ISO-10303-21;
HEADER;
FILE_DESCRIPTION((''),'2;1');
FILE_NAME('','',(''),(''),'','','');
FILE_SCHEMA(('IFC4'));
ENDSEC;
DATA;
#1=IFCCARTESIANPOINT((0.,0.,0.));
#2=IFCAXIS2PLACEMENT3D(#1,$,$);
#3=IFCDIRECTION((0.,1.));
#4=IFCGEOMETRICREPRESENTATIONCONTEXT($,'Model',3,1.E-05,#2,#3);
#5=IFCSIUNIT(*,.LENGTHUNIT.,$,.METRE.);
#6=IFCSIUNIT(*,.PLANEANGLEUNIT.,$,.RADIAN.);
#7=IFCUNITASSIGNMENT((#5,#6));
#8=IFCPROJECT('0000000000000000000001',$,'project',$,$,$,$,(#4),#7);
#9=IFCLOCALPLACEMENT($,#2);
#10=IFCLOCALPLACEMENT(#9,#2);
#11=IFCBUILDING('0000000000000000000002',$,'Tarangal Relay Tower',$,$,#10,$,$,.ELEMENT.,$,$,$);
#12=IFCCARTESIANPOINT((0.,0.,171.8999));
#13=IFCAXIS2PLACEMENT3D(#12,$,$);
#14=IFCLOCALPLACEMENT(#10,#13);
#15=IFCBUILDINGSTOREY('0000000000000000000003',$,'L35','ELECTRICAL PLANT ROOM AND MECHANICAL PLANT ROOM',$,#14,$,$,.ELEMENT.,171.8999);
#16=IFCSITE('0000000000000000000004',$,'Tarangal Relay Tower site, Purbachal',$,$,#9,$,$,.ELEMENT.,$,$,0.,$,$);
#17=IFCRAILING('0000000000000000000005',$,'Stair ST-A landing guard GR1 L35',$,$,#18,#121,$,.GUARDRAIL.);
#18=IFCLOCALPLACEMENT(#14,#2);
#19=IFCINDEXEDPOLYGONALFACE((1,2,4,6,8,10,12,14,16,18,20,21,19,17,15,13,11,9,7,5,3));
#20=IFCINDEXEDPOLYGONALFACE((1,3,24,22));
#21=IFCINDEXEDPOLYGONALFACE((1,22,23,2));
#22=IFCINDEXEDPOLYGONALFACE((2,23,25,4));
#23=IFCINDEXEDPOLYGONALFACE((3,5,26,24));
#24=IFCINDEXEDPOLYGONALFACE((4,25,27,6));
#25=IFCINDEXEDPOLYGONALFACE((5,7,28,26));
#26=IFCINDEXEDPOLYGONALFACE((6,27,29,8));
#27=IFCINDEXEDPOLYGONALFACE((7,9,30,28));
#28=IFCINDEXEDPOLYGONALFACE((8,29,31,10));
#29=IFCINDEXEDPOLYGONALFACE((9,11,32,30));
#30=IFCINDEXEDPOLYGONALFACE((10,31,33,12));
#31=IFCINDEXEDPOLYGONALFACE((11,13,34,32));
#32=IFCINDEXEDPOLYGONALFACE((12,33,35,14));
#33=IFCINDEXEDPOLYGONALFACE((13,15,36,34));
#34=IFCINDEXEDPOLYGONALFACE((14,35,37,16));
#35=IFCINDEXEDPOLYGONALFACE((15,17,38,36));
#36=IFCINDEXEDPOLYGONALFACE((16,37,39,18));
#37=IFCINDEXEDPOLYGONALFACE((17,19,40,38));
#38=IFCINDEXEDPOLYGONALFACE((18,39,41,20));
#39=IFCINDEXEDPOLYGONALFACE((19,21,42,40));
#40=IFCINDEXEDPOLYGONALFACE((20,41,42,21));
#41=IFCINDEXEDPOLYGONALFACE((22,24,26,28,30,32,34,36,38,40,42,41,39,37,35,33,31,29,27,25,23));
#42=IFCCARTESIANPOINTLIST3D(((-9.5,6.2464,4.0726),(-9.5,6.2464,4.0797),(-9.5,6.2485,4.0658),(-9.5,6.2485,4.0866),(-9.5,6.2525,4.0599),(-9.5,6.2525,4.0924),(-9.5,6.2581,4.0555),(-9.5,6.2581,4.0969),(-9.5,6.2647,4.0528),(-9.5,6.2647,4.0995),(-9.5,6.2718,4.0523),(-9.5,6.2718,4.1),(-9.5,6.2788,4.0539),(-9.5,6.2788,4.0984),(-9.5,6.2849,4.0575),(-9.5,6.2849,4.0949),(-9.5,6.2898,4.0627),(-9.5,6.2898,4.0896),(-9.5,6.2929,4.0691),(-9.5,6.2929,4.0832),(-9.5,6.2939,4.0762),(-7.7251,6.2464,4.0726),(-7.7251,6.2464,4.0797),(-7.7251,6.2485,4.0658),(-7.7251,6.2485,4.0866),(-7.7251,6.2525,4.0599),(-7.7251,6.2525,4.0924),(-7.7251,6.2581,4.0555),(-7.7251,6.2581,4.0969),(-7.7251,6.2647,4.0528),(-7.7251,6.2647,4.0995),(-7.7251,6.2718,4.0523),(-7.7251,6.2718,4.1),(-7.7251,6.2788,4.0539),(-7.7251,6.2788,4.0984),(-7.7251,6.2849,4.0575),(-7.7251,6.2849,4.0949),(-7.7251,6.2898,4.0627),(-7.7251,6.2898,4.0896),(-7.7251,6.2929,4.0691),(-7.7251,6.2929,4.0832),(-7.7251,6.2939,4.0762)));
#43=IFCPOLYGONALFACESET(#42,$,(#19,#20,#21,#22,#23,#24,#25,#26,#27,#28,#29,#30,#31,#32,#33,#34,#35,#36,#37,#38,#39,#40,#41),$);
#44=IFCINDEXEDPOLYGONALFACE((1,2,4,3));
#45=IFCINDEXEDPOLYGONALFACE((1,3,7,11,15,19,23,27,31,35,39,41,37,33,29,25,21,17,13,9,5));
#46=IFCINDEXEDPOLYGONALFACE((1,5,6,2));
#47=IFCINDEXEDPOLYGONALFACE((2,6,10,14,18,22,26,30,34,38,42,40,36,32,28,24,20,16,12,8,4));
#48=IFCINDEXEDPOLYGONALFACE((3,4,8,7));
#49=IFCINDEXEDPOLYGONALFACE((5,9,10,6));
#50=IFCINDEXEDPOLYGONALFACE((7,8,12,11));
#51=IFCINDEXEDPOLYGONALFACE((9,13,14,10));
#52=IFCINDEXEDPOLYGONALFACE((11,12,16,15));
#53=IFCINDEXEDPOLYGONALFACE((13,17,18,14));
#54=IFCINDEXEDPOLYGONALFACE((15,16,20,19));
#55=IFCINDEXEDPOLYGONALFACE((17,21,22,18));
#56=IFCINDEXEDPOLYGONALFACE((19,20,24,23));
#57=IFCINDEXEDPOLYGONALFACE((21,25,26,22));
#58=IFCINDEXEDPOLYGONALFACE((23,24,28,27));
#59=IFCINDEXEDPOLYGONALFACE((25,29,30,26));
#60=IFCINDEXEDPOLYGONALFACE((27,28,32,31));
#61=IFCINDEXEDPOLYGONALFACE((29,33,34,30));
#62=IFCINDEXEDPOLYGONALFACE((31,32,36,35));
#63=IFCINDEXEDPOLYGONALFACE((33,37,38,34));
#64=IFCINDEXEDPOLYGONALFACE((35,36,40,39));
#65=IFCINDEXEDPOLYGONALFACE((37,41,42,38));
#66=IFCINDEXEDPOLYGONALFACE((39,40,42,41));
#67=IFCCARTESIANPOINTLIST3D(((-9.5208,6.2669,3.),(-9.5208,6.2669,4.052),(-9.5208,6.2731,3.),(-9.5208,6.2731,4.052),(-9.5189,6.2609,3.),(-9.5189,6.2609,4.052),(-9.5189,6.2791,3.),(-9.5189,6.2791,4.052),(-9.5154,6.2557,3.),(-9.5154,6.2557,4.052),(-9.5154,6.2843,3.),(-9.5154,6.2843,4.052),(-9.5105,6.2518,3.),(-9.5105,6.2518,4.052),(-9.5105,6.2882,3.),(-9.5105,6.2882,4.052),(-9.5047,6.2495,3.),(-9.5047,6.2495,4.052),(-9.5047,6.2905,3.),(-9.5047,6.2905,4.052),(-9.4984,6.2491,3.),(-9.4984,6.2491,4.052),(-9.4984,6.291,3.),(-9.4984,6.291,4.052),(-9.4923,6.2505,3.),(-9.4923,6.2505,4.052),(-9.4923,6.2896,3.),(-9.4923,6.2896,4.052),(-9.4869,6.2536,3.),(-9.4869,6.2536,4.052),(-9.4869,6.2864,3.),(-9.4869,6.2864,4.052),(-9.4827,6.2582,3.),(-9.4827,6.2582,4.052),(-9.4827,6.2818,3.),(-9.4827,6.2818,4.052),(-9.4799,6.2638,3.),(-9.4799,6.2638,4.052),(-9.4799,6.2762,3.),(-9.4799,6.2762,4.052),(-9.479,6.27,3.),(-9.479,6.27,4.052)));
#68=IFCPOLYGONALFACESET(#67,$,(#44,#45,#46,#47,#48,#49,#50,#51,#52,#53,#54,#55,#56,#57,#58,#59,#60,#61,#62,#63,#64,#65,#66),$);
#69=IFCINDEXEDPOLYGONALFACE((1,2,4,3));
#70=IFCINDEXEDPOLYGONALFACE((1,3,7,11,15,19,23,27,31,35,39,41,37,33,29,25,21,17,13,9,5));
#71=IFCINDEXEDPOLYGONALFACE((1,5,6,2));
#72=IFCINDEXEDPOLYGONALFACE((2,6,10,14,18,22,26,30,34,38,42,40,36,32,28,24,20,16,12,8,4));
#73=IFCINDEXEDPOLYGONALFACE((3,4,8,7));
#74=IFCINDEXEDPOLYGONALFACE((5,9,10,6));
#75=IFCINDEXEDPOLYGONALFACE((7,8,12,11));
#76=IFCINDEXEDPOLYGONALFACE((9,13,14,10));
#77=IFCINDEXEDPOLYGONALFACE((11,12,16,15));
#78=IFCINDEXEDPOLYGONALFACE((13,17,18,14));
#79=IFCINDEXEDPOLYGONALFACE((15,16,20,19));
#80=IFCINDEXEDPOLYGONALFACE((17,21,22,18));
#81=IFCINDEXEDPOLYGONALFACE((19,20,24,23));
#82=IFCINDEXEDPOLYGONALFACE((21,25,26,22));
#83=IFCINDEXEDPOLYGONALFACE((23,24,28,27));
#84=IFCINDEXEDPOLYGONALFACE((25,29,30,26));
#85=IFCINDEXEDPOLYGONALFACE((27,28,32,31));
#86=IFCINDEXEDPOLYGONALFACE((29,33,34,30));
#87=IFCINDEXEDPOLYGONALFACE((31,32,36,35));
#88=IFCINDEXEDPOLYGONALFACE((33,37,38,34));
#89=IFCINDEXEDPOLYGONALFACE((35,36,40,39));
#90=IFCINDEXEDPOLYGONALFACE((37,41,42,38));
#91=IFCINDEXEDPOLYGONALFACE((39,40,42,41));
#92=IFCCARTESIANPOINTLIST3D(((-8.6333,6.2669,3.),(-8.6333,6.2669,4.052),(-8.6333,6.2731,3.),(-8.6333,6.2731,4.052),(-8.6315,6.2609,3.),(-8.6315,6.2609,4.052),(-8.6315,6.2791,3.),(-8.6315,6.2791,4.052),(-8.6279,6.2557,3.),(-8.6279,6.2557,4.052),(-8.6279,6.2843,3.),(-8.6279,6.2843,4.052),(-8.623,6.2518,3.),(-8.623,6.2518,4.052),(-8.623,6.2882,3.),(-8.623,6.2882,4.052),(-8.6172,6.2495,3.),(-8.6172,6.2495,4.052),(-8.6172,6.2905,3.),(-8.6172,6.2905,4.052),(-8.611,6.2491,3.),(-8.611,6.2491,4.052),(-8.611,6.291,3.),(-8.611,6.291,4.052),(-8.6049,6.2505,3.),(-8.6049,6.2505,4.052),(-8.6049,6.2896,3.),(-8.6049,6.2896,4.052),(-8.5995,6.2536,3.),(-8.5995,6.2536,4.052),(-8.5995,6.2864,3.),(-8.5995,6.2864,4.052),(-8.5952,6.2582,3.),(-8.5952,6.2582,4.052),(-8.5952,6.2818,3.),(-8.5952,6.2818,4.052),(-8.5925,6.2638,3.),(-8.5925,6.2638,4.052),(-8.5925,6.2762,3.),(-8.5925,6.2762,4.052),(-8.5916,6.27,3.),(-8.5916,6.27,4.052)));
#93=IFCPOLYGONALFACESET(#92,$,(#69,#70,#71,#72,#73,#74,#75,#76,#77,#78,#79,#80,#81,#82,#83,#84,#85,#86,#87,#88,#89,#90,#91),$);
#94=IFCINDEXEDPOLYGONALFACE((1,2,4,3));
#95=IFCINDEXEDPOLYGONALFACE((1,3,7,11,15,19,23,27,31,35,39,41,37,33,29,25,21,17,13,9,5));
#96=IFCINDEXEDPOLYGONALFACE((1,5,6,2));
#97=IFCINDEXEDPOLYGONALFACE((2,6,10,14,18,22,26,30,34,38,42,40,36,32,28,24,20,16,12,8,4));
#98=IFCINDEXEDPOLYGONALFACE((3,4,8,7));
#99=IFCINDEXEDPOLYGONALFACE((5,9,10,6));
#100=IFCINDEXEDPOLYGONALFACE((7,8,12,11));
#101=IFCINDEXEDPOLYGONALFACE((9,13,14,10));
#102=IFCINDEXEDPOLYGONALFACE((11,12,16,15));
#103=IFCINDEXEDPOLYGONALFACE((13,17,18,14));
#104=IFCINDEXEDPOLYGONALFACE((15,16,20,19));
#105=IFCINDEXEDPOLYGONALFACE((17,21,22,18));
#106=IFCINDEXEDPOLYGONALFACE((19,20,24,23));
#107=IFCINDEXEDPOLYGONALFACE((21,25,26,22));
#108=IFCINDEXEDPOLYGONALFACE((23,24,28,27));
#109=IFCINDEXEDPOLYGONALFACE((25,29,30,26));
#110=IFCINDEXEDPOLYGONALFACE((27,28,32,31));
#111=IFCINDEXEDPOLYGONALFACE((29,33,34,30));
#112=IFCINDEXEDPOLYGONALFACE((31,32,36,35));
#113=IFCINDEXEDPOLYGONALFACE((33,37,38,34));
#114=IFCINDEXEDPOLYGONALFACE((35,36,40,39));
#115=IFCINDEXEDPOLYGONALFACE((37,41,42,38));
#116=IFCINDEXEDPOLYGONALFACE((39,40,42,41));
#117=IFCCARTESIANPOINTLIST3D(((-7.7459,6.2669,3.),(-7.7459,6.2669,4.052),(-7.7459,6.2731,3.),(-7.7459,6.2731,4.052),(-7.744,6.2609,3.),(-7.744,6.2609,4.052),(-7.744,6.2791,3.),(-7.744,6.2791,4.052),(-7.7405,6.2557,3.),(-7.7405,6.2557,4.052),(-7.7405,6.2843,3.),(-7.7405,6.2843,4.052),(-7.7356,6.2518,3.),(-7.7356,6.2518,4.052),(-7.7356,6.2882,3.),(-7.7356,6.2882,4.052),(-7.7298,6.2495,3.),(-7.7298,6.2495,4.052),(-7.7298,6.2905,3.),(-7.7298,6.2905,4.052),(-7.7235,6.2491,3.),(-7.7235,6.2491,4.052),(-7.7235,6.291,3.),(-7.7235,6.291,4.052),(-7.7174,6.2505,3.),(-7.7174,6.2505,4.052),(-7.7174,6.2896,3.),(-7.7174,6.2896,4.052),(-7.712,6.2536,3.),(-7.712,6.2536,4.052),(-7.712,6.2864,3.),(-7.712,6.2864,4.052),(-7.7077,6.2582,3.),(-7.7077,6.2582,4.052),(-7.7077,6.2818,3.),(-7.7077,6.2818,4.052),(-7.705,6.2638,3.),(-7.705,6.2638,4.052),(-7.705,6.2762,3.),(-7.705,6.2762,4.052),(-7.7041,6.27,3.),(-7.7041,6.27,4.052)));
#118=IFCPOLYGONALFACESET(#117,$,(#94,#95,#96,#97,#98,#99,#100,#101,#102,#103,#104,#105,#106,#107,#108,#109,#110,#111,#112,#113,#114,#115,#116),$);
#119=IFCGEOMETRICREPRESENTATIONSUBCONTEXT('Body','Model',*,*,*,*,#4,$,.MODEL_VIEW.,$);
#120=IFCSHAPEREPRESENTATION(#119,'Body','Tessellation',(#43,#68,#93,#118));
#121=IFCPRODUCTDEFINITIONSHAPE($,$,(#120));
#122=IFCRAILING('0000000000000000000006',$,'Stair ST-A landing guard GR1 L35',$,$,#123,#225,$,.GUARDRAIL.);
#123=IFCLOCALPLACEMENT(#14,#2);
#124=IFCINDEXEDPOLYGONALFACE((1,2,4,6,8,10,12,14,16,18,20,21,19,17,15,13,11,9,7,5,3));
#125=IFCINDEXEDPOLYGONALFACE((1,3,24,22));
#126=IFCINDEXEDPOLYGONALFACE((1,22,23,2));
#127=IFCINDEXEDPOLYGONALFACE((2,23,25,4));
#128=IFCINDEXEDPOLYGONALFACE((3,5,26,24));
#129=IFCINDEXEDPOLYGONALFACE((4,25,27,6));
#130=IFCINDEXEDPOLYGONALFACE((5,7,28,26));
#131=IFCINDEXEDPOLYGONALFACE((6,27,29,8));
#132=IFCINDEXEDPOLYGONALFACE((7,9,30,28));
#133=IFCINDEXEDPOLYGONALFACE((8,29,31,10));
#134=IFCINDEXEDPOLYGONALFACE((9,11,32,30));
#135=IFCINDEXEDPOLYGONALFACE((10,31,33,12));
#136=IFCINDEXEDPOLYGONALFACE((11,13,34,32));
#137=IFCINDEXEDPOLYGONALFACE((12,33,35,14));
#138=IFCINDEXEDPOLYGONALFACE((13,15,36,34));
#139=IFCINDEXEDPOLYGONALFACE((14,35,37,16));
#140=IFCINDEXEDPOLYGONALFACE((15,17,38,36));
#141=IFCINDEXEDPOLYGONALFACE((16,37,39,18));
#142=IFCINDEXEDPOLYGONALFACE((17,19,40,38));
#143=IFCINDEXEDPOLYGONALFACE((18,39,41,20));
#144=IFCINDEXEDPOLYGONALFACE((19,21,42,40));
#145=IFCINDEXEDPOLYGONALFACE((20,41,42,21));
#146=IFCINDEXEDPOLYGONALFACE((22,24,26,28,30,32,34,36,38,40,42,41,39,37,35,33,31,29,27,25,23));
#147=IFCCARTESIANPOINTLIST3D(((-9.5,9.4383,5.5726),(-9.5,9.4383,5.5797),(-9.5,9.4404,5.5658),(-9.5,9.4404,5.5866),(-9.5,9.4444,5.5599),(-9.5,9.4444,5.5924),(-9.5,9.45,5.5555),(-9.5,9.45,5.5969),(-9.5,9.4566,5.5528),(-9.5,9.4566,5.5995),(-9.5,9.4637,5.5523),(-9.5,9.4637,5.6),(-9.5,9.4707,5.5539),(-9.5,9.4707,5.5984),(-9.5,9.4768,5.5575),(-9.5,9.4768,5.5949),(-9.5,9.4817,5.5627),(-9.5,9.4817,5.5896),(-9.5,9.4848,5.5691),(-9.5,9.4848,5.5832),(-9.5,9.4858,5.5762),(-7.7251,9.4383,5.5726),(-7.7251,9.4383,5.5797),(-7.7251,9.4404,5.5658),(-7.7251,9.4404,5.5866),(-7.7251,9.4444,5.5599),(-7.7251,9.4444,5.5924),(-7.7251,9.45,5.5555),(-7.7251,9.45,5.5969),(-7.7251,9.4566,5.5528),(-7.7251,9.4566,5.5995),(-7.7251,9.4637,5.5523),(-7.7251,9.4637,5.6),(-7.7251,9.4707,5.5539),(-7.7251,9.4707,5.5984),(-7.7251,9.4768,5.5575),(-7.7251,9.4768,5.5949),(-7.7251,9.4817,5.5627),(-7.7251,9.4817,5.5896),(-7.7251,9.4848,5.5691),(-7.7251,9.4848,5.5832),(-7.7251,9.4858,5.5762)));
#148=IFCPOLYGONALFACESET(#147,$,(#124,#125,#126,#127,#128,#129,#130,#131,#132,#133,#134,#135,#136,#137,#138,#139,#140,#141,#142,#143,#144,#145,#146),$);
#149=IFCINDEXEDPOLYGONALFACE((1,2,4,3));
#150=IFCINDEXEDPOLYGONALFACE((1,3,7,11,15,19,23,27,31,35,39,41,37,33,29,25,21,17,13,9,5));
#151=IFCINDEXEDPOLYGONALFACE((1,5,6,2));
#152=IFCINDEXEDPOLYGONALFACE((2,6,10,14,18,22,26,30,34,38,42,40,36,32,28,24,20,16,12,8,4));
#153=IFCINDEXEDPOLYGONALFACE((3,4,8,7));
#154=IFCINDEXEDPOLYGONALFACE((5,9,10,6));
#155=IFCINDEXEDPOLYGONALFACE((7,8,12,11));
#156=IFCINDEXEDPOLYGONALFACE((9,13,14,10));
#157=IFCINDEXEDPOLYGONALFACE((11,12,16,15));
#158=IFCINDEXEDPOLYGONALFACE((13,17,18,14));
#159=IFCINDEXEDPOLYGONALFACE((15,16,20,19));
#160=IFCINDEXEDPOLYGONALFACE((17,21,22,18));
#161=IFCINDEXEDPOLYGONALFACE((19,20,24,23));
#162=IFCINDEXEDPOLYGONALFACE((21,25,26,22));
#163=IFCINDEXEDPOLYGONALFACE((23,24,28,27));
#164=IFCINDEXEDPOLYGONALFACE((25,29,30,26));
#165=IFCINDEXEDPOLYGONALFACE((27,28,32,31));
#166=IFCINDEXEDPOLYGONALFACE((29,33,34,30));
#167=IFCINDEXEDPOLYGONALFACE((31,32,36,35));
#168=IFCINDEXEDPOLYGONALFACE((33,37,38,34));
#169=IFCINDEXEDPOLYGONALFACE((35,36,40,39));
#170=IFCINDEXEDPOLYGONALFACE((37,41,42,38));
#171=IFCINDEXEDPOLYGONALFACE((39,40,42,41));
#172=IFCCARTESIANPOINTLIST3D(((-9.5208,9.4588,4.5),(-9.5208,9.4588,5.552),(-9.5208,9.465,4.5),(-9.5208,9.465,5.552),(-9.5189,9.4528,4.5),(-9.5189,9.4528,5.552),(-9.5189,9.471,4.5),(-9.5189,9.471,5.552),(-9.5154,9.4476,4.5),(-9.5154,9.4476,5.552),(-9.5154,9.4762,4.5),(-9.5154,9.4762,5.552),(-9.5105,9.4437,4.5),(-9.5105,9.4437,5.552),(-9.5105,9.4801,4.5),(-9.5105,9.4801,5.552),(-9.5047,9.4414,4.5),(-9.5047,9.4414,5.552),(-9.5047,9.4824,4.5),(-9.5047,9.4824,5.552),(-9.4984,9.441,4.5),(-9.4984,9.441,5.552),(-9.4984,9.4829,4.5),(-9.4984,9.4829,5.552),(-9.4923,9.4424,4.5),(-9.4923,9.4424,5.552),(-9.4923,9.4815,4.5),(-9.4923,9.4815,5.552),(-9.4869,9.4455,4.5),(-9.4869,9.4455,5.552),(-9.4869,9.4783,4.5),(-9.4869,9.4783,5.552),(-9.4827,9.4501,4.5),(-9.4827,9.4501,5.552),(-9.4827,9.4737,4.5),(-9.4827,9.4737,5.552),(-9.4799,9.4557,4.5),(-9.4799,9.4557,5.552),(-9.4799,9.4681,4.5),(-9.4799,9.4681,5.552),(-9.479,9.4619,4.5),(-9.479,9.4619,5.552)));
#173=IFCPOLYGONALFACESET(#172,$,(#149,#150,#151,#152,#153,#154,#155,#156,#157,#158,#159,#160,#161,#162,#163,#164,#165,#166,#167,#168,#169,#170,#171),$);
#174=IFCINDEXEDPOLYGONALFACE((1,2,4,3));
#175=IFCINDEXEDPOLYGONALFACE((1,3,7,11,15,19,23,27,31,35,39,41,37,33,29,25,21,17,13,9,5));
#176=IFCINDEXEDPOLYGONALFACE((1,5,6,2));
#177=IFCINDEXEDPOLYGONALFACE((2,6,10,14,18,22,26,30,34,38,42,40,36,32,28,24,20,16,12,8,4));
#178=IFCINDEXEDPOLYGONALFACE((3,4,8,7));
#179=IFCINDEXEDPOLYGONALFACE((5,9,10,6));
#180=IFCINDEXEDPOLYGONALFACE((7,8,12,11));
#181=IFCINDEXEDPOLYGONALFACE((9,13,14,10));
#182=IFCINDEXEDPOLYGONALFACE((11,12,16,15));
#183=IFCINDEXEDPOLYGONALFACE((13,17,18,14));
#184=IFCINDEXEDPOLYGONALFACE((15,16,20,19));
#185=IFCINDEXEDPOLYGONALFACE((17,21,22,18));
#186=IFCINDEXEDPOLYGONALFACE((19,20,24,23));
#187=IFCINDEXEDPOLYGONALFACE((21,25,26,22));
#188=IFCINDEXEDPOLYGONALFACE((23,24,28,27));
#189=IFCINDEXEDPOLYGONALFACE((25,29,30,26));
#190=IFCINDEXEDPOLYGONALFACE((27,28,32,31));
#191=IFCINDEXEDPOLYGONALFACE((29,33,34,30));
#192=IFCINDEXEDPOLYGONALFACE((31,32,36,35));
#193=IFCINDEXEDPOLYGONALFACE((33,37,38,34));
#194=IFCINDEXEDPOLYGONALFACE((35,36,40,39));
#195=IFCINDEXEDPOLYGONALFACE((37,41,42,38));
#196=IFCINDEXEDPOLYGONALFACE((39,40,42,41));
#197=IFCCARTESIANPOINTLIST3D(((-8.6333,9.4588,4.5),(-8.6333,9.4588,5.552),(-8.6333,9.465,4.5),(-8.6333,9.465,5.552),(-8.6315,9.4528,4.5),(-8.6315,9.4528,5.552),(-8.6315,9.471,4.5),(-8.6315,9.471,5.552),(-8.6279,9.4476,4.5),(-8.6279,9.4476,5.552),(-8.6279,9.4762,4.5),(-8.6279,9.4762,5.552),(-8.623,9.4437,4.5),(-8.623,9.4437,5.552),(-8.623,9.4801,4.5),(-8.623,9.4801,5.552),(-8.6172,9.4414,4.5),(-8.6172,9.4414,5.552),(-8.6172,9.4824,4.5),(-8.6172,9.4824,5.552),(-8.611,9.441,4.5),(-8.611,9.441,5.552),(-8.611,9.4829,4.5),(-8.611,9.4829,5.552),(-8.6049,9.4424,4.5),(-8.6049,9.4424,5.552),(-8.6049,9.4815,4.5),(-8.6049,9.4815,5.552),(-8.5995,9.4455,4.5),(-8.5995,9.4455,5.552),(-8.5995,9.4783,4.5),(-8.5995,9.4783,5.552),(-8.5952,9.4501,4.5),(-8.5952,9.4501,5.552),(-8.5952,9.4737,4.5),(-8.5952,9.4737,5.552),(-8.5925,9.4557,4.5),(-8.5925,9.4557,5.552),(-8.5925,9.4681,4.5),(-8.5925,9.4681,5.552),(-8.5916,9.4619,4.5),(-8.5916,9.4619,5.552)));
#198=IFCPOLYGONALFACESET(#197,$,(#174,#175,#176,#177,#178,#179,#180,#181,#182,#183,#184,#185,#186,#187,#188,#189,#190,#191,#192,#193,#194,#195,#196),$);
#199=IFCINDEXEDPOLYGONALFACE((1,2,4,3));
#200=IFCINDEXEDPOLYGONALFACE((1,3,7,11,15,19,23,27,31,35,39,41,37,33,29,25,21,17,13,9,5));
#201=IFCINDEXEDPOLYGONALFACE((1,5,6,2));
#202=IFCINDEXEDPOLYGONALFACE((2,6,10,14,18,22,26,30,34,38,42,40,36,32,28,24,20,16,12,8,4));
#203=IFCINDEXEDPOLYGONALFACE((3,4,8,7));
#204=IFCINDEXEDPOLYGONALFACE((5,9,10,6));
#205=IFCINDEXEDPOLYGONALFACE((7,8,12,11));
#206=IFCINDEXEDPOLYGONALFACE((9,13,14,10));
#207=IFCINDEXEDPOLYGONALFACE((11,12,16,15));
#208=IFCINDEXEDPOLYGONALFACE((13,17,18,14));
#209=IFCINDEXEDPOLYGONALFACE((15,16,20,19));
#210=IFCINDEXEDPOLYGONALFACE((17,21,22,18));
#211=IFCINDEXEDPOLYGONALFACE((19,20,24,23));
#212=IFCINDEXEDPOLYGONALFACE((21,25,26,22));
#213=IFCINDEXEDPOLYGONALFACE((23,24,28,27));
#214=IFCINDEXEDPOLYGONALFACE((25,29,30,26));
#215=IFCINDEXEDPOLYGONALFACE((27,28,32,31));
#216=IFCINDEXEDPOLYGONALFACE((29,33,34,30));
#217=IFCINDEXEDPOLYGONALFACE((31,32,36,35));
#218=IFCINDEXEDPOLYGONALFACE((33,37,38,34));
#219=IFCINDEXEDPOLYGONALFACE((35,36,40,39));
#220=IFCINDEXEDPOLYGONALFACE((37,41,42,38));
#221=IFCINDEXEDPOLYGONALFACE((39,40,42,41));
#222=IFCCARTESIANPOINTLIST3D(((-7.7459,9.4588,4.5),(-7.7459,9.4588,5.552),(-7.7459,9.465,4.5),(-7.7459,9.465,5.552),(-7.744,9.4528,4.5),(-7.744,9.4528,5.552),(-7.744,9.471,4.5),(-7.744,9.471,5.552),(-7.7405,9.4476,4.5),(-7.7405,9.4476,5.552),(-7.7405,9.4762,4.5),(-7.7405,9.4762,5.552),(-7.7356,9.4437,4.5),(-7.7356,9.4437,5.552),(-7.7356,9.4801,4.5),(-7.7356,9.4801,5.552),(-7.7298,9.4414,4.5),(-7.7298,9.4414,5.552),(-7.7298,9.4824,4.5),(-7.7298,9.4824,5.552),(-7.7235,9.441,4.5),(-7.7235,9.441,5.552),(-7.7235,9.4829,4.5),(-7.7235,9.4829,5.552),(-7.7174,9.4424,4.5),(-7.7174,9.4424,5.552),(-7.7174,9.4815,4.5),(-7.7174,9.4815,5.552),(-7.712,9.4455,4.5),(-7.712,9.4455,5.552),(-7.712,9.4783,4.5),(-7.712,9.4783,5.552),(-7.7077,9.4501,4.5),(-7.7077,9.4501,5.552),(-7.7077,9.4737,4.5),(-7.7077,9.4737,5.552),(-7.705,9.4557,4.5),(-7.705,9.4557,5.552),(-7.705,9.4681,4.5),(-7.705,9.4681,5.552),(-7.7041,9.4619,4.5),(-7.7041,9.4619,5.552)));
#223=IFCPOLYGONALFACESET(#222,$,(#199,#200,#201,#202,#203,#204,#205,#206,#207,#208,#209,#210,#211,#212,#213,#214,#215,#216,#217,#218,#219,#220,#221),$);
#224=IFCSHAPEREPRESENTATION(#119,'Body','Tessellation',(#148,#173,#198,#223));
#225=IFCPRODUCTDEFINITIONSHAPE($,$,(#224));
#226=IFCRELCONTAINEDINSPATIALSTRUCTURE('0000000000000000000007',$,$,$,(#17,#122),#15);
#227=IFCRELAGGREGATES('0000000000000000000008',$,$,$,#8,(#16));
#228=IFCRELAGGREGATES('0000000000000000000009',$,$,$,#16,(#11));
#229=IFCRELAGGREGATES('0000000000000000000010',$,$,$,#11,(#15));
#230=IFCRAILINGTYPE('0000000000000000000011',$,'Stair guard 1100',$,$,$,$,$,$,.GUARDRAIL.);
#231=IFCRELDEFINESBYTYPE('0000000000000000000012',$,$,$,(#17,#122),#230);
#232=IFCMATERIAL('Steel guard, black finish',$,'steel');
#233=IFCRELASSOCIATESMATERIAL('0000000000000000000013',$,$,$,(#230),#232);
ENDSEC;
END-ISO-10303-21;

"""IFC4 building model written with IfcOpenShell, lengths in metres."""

from ifc_helpers import new_model, si_unit, direction, frame, origin, origin_2d, place, context, subcontext, project, spatial, circle, extrude, material, type_object, element, save


model = new_model("IFC4")

# Units and contexts
model_context = context("Model", 3, precision=1e-05, world=origin(), true_north=direction((0.0, 1.0)))
body_context = subcontext(model_context, "Body", "Model", "MODEL_VIEW")
ifc_project = project(units=[si_unit("LENGTHUNIT", "METRE"), si_unit("PLANEANGLEUNIT", "RADIAN")], contexts=[model_context])

# Site, building, storey
site_placement = place(None, origin())
site = spatial("IfcSite", under=ifc_project, at=site_placement, Name="Tarangal Relay Tower site, Purbachal", CompositionType="ELEMENT", RefElevation=0.0)
building_placement = place(site_placement, origin())
building = spatial("IfcBuilding", under=site, at=building_placement, Name="Tarangal Relay Tower", CompositionType="ELEMENT")
storey_placement = place(building_placement, frame((0.0, 0.0, 171.8999)))
storey = spatial("IfcBuildingStorey", under=building, at=storey_placement, Name="L35", Description="ELECTRICAL PLANT ROOM AND MECHANICAL PLANT ROOM", CompositionType="ELEMENT", Elevation=171.8999)

# Railings
ifc_material_1 = material(Name="Steel guard, black finish", Category="steel")
railing_type_1 = type_object("IfcRailingType", Name="Stair guard 1100", PredefinedType="GUARDRAIL", material=ifc_material_1)
for number, where, name in (
    (1, (-9.5, 6.27, 3.0), "Stair ST-A landing guard GR1 L35"),
    (2, (-9.5, 9.4619, 4.5), "Stair ST-A landing guard GR1 L35"),
):
    element("IfcRailing", number, at=place(storey_placement, frame(where)), inside=storey, type_object=railing_type_1, Name=name, PredefinedType="GUARDRAIL", context=body_context, shape_type="SweptSolid", body=[
        extrude(circle(Radius=0.0239, at=origin_2d()), frame((0.0, 0.0, 1.0762), z_axis=(1.0, 0.0, 0.0), x_axis=(0.0, 1.0, 0.0)), (0.0, 0.0, 1.0), 1.7749),
        extrude(circle(Radius=0.021, at=origin_2d()), origin(), (0.0, 0.0, 1.0), 1.052),
        extrude(circle(Radius=0.021, at=origin_2d()), frame((0.8875, 0.0, 0.0)), (0.0, 0.0, 1.0), 1.052),
        extrude(circle(Radius=0.021, at=origin_2d()), frame((1.7749, 0.0, 0.0)), (0.0, 0.0, 1.0), 1.052),
    ])

save(model, "model.ifc")
